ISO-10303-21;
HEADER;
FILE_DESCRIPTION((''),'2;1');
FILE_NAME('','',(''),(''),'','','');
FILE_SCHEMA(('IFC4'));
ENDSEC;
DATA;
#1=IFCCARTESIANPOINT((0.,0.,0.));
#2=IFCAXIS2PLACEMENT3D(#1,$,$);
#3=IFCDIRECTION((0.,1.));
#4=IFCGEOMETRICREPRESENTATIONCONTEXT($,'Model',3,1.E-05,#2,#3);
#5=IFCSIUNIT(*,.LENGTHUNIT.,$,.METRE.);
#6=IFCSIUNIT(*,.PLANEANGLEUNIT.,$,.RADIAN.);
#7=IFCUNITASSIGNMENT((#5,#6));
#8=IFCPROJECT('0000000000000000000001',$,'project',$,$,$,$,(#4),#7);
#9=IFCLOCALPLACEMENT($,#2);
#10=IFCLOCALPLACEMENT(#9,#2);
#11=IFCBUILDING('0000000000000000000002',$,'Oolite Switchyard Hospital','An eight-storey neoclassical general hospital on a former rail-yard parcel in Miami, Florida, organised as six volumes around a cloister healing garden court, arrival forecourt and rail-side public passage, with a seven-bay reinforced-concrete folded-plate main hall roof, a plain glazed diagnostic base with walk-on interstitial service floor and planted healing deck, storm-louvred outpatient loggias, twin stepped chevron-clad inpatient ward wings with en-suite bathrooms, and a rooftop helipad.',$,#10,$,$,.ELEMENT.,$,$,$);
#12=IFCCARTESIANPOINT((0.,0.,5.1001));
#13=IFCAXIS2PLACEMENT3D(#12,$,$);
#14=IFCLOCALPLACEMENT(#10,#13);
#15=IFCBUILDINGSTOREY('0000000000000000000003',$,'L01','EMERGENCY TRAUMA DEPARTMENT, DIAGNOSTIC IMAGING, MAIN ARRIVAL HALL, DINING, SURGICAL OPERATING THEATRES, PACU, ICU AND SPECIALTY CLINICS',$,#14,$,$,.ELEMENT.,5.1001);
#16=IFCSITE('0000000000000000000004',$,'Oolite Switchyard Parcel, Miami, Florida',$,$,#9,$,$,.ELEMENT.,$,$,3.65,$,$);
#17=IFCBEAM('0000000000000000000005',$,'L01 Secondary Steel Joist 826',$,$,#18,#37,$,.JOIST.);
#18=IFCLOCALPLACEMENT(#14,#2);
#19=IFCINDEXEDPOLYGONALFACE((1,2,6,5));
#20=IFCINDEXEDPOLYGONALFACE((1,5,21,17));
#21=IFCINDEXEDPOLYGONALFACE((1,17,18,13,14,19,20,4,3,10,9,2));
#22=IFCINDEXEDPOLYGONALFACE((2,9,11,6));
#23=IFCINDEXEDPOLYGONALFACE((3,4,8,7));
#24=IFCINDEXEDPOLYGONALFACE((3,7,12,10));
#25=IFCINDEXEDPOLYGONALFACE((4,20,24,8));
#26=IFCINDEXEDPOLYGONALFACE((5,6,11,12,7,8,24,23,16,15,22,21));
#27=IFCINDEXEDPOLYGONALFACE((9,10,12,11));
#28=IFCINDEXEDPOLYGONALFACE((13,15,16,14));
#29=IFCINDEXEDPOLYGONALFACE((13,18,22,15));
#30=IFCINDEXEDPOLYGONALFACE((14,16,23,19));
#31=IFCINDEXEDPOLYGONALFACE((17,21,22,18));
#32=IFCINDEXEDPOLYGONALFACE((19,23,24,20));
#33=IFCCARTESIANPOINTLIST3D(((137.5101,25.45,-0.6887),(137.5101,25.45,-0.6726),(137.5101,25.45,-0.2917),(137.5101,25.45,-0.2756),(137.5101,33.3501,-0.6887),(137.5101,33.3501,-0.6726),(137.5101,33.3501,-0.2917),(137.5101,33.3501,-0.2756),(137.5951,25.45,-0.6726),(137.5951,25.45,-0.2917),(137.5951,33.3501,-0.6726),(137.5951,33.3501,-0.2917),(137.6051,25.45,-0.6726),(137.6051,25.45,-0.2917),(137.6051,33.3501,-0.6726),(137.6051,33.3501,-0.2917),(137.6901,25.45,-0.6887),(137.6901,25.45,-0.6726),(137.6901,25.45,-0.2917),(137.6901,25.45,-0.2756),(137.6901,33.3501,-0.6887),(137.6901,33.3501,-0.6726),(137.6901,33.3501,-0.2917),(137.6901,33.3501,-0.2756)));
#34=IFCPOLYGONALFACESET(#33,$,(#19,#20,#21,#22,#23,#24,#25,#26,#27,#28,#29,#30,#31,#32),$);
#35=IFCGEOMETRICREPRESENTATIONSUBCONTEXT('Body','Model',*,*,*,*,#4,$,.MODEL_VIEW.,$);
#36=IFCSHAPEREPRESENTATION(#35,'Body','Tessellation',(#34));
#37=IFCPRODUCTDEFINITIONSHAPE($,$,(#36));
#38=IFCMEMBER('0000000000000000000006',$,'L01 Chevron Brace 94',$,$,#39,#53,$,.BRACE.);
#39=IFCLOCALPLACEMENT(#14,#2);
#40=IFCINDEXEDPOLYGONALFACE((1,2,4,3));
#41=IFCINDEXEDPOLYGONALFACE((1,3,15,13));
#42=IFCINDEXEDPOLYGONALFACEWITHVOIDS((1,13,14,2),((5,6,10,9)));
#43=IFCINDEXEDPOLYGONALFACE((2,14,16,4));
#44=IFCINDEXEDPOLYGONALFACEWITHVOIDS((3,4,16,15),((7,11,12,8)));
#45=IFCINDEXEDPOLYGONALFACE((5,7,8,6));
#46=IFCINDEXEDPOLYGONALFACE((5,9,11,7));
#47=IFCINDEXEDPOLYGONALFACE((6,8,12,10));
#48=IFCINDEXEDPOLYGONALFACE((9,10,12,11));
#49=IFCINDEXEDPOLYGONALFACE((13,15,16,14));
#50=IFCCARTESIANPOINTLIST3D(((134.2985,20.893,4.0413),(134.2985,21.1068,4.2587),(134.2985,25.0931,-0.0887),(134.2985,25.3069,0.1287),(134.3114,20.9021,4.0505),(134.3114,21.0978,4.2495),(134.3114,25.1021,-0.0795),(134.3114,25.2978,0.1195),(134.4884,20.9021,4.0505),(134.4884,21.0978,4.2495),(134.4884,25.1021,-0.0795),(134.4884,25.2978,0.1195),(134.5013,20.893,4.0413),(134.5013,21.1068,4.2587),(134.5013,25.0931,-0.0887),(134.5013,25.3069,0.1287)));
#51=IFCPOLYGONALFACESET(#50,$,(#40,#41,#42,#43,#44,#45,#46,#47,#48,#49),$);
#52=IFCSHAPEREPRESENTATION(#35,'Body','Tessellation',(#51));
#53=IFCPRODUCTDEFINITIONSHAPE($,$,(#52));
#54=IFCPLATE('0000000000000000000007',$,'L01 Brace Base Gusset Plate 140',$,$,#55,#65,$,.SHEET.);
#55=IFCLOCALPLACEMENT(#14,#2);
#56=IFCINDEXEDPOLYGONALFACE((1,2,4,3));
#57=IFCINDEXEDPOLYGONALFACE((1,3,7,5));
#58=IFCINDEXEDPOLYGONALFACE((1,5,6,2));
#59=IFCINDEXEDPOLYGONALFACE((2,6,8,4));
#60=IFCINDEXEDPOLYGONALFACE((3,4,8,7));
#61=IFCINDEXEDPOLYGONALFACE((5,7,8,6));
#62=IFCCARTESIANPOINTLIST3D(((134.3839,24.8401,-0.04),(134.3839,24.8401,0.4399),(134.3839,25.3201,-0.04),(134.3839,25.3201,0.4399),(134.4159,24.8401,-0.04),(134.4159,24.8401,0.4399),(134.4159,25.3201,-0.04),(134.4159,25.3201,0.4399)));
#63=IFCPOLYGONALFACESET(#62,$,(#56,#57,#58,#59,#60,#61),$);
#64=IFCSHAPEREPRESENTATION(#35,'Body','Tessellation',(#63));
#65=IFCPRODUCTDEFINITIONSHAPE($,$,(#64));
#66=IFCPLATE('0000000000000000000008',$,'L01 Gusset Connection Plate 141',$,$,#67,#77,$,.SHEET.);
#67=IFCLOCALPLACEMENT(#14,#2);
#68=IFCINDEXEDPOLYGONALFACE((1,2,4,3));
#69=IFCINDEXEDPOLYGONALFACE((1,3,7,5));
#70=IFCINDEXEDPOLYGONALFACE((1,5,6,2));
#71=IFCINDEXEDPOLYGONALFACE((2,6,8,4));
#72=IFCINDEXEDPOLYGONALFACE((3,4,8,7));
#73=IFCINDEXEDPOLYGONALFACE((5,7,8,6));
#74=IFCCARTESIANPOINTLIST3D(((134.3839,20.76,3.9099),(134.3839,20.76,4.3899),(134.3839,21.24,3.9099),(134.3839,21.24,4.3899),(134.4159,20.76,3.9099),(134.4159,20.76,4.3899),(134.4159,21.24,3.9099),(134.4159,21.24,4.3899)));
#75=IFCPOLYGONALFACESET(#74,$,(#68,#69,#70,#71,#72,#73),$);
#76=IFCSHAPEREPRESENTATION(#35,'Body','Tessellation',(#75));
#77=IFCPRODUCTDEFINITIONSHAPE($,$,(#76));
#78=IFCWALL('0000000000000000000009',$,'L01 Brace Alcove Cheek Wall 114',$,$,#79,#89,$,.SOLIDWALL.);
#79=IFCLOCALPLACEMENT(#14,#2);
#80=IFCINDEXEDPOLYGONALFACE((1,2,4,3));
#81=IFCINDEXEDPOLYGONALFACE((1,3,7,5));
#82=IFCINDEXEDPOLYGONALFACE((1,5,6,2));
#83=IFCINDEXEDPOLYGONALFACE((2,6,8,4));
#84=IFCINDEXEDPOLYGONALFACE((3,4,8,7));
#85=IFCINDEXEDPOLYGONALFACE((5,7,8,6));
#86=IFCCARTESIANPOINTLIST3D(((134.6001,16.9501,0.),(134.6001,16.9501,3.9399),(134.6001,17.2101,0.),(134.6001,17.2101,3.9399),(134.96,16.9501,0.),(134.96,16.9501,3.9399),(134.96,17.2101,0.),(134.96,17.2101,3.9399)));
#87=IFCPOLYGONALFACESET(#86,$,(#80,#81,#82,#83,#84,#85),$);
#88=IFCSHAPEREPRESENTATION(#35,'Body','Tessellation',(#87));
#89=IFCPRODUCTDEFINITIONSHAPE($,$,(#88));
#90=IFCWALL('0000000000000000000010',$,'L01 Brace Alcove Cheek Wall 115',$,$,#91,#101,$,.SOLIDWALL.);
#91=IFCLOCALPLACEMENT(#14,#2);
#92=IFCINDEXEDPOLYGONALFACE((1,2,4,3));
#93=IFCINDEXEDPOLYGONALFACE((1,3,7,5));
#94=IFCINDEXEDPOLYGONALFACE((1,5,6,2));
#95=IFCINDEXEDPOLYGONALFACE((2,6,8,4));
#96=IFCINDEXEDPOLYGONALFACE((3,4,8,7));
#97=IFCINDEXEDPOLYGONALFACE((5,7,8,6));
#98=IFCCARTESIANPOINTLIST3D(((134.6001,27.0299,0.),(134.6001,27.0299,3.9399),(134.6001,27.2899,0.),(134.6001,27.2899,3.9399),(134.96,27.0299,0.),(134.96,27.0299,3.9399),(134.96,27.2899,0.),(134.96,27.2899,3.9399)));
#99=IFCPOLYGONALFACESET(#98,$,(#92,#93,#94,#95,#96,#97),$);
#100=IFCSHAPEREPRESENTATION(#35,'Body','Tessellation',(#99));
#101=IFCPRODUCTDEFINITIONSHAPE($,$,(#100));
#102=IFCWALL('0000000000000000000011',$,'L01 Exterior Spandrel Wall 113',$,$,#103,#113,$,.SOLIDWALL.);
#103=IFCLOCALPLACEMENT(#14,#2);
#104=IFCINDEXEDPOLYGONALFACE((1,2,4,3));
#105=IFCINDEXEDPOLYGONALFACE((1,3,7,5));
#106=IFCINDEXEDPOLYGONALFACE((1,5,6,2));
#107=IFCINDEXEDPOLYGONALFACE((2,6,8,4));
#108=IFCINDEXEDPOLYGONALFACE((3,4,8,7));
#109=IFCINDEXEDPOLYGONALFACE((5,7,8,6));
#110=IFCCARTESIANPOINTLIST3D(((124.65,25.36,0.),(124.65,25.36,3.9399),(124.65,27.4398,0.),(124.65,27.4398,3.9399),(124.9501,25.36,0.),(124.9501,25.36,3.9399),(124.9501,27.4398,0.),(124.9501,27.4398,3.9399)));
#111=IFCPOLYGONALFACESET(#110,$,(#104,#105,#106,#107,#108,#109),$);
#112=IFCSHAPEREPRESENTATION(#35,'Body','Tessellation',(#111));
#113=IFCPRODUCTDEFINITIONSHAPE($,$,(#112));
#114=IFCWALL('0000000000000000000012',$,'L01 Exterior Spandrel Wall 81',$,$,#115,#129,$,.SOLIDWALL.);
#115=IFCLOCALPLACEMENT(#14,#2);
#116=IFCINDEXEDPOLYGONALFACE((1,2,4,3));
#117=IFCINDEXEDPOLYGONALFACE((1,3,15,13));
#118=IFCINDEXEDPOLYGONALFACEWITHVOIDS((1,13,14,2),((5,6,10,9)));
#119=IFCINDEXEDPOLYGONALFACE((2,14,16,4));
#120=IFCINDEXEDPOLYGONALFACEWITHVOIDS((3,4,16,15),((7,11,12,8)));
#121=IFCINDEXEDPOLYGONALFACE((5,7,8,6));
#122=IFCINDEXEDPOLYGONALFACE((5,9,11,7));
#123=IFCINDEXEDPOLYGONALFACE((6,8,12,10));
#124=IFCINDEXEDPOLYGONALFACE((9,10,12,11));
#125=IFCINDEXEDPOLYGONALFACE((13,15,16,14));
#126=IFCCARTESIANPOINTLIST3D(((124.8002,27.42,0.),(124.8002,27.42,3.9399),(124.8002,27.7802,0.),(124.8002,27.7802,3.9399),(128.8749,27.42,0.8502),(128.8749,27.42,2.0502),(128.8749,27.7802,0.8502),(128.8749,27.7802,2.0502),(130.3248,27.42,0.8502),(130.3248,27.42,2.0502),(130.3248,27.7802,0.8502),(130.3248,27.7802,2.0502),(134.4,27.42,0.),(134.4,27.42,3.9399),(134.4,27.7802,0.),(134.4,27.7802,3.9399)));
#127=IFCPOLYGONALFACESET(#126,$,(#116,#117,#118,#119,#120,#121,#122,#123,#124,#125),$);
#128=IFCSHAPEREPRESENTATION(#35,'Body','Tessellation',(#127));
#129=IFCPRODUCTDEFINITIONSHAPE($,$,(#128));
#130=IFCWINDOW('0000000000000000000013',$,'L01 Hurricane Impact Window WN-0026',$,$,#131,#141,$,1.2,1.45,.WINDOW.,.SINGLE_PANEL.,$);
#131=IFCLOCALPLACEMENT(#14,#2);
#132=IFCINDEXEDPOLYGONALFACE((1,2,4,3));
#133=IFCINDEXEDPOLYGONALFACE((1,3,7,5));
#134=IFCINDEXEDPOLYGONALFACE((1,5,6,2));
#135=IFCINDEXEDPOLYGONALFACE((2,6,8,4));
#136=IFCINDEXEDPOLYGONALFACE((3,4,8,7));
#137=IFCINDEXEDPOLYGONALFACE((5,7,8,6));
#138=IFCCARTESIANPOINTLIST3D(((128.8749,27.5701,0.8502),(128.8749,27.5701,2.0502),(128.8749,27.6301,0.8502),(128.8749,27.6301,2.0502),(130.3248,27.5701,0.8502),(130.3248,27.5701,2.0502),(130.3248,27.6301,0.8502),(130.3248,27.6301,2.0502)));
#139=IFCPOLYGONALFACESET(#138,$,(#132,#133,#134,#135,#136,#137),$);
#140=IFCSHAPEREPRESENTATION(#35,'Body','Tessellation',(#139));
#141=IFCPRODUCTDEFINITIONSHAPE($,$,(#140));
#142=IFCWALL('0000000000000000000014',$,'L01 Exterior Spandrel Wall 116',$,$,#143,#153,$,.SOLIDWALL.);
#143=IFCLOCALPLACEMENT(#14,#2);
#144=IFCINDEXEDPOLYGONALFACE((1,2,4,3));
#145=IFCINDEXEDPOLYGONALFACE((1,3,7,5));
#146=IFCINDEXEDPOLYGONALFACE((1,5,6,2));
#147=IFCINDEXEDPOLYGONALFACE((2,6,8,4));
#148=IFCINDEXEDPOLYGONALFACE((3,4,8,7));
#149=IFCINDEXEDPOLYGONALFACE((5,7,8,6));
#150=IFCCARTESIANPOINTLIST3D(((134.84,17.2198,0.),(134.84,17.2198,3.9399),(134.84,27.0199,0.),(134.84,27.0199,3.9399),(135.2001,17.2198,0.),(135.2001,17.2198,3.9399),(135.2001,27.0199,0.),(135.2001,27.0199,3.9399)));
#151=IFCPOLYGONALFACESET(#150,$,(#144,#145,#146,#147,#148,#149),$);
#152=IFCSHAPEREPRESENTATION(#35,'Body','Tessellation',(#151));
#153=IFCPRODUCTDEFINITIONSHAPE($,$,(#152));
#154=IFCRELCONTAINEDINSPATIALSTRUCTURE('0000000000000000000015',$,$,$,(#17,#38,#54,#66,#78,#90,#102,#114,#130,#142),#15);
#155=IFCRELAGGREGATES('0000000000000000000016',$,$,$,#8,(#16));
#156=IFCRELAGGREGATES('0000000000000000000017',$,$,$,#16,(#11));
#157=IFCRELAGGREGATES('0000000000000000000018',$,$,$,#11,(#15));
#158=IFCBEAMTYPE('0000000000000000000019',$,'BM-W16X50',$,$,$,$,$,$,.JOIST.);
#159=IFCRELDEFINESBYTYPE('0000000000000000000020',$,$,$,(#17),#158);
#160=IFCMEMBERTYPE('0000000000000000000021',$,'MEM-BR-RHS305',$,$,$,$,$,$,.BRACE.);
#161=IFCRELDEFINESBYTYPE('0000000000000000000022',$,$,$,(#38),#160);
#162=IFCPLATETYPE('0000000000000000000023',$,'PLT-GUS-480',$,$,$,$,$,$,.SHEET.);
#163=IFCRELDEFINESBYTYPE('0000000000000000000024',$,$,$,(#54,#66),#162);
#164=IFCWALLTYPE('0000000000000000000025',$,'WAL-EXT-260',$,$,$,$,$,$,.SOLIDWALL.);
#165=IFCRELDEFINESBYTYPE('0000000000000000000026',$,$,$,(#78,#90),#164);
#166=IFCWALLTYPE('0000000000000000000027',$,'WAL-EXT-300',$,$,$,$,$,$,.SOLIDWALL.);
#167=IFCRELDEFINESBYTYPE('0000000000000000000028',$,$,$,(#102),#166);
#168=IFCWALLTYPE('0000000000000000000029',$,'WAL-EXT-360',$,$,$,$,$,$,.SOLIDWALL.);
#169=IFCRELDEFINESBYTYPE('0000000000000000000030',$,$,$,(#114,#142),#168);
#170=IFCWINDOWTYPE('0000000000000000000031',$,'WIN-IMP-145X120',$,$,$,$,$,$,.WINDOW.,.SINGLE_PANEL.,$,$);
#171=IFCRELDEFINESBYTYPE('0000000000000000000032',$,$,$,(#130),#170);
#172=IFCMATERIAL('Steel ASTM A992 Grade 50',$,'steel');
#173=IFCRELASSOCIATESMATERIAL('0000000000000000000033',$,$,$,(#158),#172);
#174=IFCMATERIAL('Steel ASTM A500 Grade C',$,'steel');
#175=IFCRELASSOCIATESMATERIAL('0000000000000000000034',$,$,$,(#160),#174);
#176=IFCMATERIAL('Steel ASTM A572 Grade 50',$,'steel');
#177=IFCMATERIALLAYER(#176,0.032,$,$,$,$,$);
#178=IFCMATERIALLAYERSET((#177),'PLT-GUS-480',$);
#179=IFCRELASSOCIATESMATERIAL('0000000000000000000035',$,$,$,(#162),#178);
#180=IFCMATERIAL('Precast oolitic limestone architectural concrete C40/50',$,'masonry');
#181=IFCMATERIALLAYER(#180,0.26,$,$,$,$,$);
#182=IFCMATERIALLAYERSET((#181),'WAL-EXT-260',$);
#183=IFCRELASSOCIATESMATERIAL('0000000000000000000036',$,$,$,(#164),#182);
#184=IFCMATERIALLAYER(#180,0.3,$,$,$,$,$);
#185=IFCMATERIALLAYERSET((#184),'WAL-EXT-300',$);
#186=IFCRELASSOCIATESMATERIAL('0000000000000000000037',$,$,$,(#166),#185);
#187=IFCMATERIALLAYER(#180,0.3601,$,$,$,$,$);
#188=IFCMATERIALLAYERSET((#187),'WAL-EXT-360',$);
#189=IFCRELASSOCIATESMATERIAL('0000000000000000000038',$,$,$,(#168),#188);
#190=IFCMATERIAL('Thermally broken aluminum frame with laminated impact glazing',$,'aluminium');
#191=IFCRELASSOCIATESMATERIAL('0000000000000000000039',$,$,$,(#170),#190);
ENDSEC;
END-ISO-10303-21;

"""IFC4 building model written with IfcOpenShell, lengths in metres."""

from ifc_helpers import new_model, si_unit, direction, frame, frame_2d, origin, origin_2d, place, context, subcontext, project, spatial, rectangle, hollow_rectangle, i_section, extrude, material, layer, layer_set, material_profile, profile_set, type_object, element, fill, save


model = new_model("IFC4")

# Units and contexts
model_context = context("Model", 3, precision=1e-05, world=origin(), true_north=direction((0.0, 1.0)))
body_context = subcontext(model_context, "Body", "Model", "MODEL_VIEW")
ifc_project = project(units=[si_unit("LENGTHUNIT", "METRE"), si_unit("PLANEANGLEUNIT", "RADIAN")], contexts=[model_context])

# Site, building, storey
site_placement = place(None, origin())
site = spatial("IfcSite", under=ifc_project, at=site_placement, Name="Oolite Switchyard Parcel, Miami, Florida", CompositionType="ELEMENT", RefElevation=3.65)
building_placement = place(site_placement, origin())
building = spatial("IfcBuilding", under=site, at=building_placement, Name="Oolite Switchyard Hospital", Description="An eight-storey neoclassical general hospital on a former rail-yard parcel in Miami, Florida, organised as six volumes around a cloister healing garden court, arrival forecourt and rail-side public passage, with a seven-bay reinforced-concrete folded-plate main hall roof, a plain glazed diagnostic base with walk-on interstitial service floor and planted healing deck, storm-louvred outpatient loggias, twin stepped chevron-clad inpatient ward wings with en-suite bathrooms, and a rooftop helipad.", CompositionType="ELEMENT")
storey_placement = place(building_placement, frame((0.0, 0.0, 5.1001)))
storey = spatial("IfcBuildingStorey", under=building, at=storey_placement, Name="L01", Description="EMERGENCY TRAUMA DEPARTMENT, DIAGNOSTIC IMAGING, MAIN ARRIVAL HALL, DINING, SURGICAL OPERATING THEATRES, PACU, ICU AND SPECIALTY CLINICS", CompositionType="ELEMENT", Elevation=5.1001)

# Beam
ifc_material_1 = material(Name="Steel ASTM A992 Grade 50", Category="steel")
ifc_material_profile_1 = material_profile(ifc_material_1, i_section(OverallWidth=0.1799, OverallDepth=0.4131, WebThickness=0.01, FlangeThickness=0.0161, at=origin_2d()), Name="W16X50")
ifc_profile_set_1 = profile_set([ifc_material_profile_1], Name="Steel ASTM A992 Grade 50")
beam_type_1 = type_object("IfcBeamType", Name="BM-W16X50", PredefinedType="JOIST", material=ifc_profile_set_1)
beam_1_placement = place(storey_placement, frame((137.6001, 25.45, -0.4822), z_axis=(0.0, 1.0, 0.0), x_axis=(-1.0, 0.0, 0.0)))
element("IfcBeam", 1, at=beam_1_placement, inside=storey, type_object=beam_type_1, Name="L01 Secondary Steel Joist 826", PredefinedType="JOIST", context=body_context, shape_type="SweptSolid", body=[
    extrude(i_section(OverallWidth=0.1799, OverallDepth=0.4131, WebThickness=0.01, FlangeThickness=0.0161, at=origin_2d()), origin(), (0.0, 0.0, 1.0), 7.9001),
])

# Member
ifc_material_2 = material(Name="Steel ASTM A500 Grade C", Category="steel")
ifc_material_profile_2 = material_profile(ifc_material_2, hollow_rectangle(XDim=0.2029, YDim=0.3049, WallThickness=0.0129, at=origin_2d()), Name="HSS305X203X13")
ifc_profile_set_2 = profile_set([ifc_material_profile_2], Name="Steel ASTM A500 Grade C")
member_type = type_object("IfcMemberType", Name="MEM-BR-RHS305", PredefinedType="BRACE", material=ifc_profile_set_2)
member_placement = place(storey_placement, frame((134.3999, 25.2, 0.02), z_axis=(0.0, -0.71303, 0.701134), x_axis=(1.0, 0.0, 0.0)))
element("IfcMember", 2, at=member_placement, inside=storey, type_object=member_type, Name="L01 Chevron Brace 94", PredefinedType="BRACE", context=body_context, shape_type="SweptSolid", body=[
    extrude(hollow_rectangle(XDim=0.2029, YDim=0.3049, WallThickness=0.0129, at=origin_2d()), origin(), (0.0, 0.0, 1.0), 5.8904),
])

# Plates
ifc_material_3 = material(Name="Steel ASTM A572 Grade 50", Category="steel")
ifc_layer_1 = layer(ifc_material_3, 0.032)
ifc_layer_set_1 = layer_set([ifc_layer_1], Name="PLT-GUS-480")
plate_type = type_object("IfcPlateType", Name="PLT-GUS-480", PredefinedType="SHEET", material=ifc_layer_set_1)
for number, where, z_axis, x_axis, name in (
    (3, (134.3999, 25.0801, -0.04), (0.0, 0.0, 1.0), (0.0, 1.0, 0.0), "L01 Brace Base Gusset Plate 140"),
    (4, (134.3999, 21.0, 3.9099), (0.0, 0.0, 1.0), (0.0, 1.0, 0.0), "L01 Gusset Connection Plate 141"),
):
    element("IfcPlate", number, at=place(storey_placement, frame(where, z_axis=z_axis, x_axis=x_axis)), inside=storey, type_object=plate_type, Name=name, PredefinedType="SHEET", context=body_context, shape_type="SweptSolid", body=[
        extrude(rectangle(XDim=0.48, YDim=0.032, at=origin_2d()), origin(), (0.0, 0.0, 1.0), 0.48),
    ])

# Walls
ifc_material_4 = material(Name="Precast oolitic limestone architectural concrete C40/50", Category="masonry")
ifc_layer_2 = layer(ifc_material_4, 0.26)
ifc_layer_set_2 = layer_set([ifc_layer_2], Name="WAL-EXT-260")
wall_type_1 = type_object("IfcWallType", Name="WAL-EXT-260", PredefinedType="SOLIDWALL", material=ifc_layer_set_2)
for number, where, z_axis, x_axis, name in (
    (5, (134.6001, 17.0801, 0.0), (0.0, 0.0, 1.0), (1.0, 0.0, 0.0), "L01 Brace Alcove Cheek Wall 114"),
    (6, (134.6001, 27.1599, 0.0), (0.0, 0.0, 1.0), (1.0, 0.0, 0.0), "L01 Brace Alcove Cheek Wall 115"),
):
    element("IfcWall", number, at=place(storey_placement, frame(where, z_axis=z_axis, x_axis=x_axis)), inside=storey, type_object=wall_type_1, Name=name, PredefinedType="SOLIDWALL", context=body_context, shape_type="SweptSolid", body=[
        extrude(rectangle(XDim=0.3599, YDim=0.26, at=frame_2d((0.1799, 0.0))), origin(), (0.0, 0.0, 1.0), 3.9399),
    ])
ifc_layer_3 = layer(ifc_material_4, 0.3)
ifc_layer_set_3 = layer_set([ifc_layer_3], Name="WAL-EXT-300")
wall_type_2 = type_object("IfcWallType", Name="WAL-EXT-300", PredefinedType="SOLIDWALL", material=ifc_layer_set_3)
wall_1_placement = place(storey_placement, frame((124.8, 27.4399, 0.0), z_axis=(0.0, 0.0, 1.0), x_axis=(0.0, -1.0, 0.0)))
element("IfcWall", 7, at=wall_1_placement, inside=storey, type_object=wall_type_2, Name="L01 Exterior Spandrel Wall 113", PredefinedType="SOLIDWALL", context=body_context, shape_type="SweptSolid", body=[
    extrude(rectangle(XDim=2.0798, YDim=0.3, at=frame_2d((1.04, 0.0))), origin(), (0.0, 0.0, 1.0), 3.9399),
])

# Wall, opening, window
ifc_layer_4 = layer(ifc_material_4, 0.3601)
ifc_layer_set_4 = layer_set([ifc_layer_4], Name="WAL-EXT-360")
wall_type_3 = type_object("IfcWallType", Name="WAL-EXT-360", PredefinedType="SOLIDWALL", material=ifc_layer_set_4)
wall_2_placement = place(storey_placement, frame((134.3999, 27.6001, 0.0), z_axis=(0.0, 0.0, 1.0), x_axis=(-1.0, 0.0, 0.0)))
wall_2 = element("IfcWall", 8, at=wall_2_placement, inside=storey, type_object=wall_type_3, Name="L01 Exterior Spandrel Wall 81", PredefinedType="SOLIDWALL", context=body_context, shape_type="SweptSolid", body=[
    extrude(rectangle(XDim=9.5999, YDim=0.3601, at=frame_2d((4.7998, 0.0))), origin(), (0.0, 0.0, 1.0), 3.9399),
])
opening_1_placement = place(wall_2_placement, frame((4.075, 0.0, 0.8501)))
opening_1 = element("IfcOpeningElement", 9, at=opening_1_placement, cuts=wall_2, PredefinedType="OPENING", context=body_context, shape_type="SweptSolid", body=[
    extrude(rectangle(XDim=1.45, YDim=1.2, at=frame_2d((0.7251, 0.6001))), frame((0.0, 0.1899, 0.0), z_axis=(0.0, -1.0, 0.0), x_axis=(1.0, 0.0, 0.0)), (0.0, 0.0, 1.0), 0.3801),
])
ifc_material_5 = material(Name="Thermally broken aluminum frame with laminated impact glazing", Category="aluminium")
window_type = type_object("IfcWindowType", Name="WIN-IMP-145X120", PartitioningType="SINGLE_PANEL", PredefinedType="WINDOW", material=ifc_material_5)
window_placement = place(opening_1_placement, origin())
window = element("IfcWindow", 10, at=window_placement, inside=storey, type_object=window_type, Name="L01 Hurricane Impact Window WN-0026", OverallHeight=1.2, OverallWidth=1.45, PartitioningType="SINGLE_PANEL", PredefinedType="WINDOW", context=body_context, shape_type="SweptSolid", body=[
    extrude(rectangle(XDim=1.45, YDim=1.2, at=frame_2d((0.7251, 0.6001))), frame((0.0, 0.03, 0.0), z_axis=(0.0, -1.0, 0.0), x_axis=(1.0, 0.0, 0.0)), (0.0, 0.0, 1.0), 0.0601),
])
fill(opening_1, window)

# Wall
wall_3_placement = place(storey_placement, frame((135.02, 17.22, 0.0), z_axis=(0.0, 0.0, 1.0), x_axis=(0.0, 1.0, 0.0)))
element("IfcWall", 11, at=wall_3_placement, inside=storey, type_object=wall_type_3, Name="L01 Exterior Spandrel Wall 116", PredefinedType="SOLIDWALL", context=body_context, shape_type="SweptSolid", body=[
    extrude(rectangle(XDim=9.8, YDim=0.3601, at=frame_2d((4.8999, 0.0))), origin(), (0.0, 0.0, 1.0), 3.9399),
])

save(model, "model.ifc")
